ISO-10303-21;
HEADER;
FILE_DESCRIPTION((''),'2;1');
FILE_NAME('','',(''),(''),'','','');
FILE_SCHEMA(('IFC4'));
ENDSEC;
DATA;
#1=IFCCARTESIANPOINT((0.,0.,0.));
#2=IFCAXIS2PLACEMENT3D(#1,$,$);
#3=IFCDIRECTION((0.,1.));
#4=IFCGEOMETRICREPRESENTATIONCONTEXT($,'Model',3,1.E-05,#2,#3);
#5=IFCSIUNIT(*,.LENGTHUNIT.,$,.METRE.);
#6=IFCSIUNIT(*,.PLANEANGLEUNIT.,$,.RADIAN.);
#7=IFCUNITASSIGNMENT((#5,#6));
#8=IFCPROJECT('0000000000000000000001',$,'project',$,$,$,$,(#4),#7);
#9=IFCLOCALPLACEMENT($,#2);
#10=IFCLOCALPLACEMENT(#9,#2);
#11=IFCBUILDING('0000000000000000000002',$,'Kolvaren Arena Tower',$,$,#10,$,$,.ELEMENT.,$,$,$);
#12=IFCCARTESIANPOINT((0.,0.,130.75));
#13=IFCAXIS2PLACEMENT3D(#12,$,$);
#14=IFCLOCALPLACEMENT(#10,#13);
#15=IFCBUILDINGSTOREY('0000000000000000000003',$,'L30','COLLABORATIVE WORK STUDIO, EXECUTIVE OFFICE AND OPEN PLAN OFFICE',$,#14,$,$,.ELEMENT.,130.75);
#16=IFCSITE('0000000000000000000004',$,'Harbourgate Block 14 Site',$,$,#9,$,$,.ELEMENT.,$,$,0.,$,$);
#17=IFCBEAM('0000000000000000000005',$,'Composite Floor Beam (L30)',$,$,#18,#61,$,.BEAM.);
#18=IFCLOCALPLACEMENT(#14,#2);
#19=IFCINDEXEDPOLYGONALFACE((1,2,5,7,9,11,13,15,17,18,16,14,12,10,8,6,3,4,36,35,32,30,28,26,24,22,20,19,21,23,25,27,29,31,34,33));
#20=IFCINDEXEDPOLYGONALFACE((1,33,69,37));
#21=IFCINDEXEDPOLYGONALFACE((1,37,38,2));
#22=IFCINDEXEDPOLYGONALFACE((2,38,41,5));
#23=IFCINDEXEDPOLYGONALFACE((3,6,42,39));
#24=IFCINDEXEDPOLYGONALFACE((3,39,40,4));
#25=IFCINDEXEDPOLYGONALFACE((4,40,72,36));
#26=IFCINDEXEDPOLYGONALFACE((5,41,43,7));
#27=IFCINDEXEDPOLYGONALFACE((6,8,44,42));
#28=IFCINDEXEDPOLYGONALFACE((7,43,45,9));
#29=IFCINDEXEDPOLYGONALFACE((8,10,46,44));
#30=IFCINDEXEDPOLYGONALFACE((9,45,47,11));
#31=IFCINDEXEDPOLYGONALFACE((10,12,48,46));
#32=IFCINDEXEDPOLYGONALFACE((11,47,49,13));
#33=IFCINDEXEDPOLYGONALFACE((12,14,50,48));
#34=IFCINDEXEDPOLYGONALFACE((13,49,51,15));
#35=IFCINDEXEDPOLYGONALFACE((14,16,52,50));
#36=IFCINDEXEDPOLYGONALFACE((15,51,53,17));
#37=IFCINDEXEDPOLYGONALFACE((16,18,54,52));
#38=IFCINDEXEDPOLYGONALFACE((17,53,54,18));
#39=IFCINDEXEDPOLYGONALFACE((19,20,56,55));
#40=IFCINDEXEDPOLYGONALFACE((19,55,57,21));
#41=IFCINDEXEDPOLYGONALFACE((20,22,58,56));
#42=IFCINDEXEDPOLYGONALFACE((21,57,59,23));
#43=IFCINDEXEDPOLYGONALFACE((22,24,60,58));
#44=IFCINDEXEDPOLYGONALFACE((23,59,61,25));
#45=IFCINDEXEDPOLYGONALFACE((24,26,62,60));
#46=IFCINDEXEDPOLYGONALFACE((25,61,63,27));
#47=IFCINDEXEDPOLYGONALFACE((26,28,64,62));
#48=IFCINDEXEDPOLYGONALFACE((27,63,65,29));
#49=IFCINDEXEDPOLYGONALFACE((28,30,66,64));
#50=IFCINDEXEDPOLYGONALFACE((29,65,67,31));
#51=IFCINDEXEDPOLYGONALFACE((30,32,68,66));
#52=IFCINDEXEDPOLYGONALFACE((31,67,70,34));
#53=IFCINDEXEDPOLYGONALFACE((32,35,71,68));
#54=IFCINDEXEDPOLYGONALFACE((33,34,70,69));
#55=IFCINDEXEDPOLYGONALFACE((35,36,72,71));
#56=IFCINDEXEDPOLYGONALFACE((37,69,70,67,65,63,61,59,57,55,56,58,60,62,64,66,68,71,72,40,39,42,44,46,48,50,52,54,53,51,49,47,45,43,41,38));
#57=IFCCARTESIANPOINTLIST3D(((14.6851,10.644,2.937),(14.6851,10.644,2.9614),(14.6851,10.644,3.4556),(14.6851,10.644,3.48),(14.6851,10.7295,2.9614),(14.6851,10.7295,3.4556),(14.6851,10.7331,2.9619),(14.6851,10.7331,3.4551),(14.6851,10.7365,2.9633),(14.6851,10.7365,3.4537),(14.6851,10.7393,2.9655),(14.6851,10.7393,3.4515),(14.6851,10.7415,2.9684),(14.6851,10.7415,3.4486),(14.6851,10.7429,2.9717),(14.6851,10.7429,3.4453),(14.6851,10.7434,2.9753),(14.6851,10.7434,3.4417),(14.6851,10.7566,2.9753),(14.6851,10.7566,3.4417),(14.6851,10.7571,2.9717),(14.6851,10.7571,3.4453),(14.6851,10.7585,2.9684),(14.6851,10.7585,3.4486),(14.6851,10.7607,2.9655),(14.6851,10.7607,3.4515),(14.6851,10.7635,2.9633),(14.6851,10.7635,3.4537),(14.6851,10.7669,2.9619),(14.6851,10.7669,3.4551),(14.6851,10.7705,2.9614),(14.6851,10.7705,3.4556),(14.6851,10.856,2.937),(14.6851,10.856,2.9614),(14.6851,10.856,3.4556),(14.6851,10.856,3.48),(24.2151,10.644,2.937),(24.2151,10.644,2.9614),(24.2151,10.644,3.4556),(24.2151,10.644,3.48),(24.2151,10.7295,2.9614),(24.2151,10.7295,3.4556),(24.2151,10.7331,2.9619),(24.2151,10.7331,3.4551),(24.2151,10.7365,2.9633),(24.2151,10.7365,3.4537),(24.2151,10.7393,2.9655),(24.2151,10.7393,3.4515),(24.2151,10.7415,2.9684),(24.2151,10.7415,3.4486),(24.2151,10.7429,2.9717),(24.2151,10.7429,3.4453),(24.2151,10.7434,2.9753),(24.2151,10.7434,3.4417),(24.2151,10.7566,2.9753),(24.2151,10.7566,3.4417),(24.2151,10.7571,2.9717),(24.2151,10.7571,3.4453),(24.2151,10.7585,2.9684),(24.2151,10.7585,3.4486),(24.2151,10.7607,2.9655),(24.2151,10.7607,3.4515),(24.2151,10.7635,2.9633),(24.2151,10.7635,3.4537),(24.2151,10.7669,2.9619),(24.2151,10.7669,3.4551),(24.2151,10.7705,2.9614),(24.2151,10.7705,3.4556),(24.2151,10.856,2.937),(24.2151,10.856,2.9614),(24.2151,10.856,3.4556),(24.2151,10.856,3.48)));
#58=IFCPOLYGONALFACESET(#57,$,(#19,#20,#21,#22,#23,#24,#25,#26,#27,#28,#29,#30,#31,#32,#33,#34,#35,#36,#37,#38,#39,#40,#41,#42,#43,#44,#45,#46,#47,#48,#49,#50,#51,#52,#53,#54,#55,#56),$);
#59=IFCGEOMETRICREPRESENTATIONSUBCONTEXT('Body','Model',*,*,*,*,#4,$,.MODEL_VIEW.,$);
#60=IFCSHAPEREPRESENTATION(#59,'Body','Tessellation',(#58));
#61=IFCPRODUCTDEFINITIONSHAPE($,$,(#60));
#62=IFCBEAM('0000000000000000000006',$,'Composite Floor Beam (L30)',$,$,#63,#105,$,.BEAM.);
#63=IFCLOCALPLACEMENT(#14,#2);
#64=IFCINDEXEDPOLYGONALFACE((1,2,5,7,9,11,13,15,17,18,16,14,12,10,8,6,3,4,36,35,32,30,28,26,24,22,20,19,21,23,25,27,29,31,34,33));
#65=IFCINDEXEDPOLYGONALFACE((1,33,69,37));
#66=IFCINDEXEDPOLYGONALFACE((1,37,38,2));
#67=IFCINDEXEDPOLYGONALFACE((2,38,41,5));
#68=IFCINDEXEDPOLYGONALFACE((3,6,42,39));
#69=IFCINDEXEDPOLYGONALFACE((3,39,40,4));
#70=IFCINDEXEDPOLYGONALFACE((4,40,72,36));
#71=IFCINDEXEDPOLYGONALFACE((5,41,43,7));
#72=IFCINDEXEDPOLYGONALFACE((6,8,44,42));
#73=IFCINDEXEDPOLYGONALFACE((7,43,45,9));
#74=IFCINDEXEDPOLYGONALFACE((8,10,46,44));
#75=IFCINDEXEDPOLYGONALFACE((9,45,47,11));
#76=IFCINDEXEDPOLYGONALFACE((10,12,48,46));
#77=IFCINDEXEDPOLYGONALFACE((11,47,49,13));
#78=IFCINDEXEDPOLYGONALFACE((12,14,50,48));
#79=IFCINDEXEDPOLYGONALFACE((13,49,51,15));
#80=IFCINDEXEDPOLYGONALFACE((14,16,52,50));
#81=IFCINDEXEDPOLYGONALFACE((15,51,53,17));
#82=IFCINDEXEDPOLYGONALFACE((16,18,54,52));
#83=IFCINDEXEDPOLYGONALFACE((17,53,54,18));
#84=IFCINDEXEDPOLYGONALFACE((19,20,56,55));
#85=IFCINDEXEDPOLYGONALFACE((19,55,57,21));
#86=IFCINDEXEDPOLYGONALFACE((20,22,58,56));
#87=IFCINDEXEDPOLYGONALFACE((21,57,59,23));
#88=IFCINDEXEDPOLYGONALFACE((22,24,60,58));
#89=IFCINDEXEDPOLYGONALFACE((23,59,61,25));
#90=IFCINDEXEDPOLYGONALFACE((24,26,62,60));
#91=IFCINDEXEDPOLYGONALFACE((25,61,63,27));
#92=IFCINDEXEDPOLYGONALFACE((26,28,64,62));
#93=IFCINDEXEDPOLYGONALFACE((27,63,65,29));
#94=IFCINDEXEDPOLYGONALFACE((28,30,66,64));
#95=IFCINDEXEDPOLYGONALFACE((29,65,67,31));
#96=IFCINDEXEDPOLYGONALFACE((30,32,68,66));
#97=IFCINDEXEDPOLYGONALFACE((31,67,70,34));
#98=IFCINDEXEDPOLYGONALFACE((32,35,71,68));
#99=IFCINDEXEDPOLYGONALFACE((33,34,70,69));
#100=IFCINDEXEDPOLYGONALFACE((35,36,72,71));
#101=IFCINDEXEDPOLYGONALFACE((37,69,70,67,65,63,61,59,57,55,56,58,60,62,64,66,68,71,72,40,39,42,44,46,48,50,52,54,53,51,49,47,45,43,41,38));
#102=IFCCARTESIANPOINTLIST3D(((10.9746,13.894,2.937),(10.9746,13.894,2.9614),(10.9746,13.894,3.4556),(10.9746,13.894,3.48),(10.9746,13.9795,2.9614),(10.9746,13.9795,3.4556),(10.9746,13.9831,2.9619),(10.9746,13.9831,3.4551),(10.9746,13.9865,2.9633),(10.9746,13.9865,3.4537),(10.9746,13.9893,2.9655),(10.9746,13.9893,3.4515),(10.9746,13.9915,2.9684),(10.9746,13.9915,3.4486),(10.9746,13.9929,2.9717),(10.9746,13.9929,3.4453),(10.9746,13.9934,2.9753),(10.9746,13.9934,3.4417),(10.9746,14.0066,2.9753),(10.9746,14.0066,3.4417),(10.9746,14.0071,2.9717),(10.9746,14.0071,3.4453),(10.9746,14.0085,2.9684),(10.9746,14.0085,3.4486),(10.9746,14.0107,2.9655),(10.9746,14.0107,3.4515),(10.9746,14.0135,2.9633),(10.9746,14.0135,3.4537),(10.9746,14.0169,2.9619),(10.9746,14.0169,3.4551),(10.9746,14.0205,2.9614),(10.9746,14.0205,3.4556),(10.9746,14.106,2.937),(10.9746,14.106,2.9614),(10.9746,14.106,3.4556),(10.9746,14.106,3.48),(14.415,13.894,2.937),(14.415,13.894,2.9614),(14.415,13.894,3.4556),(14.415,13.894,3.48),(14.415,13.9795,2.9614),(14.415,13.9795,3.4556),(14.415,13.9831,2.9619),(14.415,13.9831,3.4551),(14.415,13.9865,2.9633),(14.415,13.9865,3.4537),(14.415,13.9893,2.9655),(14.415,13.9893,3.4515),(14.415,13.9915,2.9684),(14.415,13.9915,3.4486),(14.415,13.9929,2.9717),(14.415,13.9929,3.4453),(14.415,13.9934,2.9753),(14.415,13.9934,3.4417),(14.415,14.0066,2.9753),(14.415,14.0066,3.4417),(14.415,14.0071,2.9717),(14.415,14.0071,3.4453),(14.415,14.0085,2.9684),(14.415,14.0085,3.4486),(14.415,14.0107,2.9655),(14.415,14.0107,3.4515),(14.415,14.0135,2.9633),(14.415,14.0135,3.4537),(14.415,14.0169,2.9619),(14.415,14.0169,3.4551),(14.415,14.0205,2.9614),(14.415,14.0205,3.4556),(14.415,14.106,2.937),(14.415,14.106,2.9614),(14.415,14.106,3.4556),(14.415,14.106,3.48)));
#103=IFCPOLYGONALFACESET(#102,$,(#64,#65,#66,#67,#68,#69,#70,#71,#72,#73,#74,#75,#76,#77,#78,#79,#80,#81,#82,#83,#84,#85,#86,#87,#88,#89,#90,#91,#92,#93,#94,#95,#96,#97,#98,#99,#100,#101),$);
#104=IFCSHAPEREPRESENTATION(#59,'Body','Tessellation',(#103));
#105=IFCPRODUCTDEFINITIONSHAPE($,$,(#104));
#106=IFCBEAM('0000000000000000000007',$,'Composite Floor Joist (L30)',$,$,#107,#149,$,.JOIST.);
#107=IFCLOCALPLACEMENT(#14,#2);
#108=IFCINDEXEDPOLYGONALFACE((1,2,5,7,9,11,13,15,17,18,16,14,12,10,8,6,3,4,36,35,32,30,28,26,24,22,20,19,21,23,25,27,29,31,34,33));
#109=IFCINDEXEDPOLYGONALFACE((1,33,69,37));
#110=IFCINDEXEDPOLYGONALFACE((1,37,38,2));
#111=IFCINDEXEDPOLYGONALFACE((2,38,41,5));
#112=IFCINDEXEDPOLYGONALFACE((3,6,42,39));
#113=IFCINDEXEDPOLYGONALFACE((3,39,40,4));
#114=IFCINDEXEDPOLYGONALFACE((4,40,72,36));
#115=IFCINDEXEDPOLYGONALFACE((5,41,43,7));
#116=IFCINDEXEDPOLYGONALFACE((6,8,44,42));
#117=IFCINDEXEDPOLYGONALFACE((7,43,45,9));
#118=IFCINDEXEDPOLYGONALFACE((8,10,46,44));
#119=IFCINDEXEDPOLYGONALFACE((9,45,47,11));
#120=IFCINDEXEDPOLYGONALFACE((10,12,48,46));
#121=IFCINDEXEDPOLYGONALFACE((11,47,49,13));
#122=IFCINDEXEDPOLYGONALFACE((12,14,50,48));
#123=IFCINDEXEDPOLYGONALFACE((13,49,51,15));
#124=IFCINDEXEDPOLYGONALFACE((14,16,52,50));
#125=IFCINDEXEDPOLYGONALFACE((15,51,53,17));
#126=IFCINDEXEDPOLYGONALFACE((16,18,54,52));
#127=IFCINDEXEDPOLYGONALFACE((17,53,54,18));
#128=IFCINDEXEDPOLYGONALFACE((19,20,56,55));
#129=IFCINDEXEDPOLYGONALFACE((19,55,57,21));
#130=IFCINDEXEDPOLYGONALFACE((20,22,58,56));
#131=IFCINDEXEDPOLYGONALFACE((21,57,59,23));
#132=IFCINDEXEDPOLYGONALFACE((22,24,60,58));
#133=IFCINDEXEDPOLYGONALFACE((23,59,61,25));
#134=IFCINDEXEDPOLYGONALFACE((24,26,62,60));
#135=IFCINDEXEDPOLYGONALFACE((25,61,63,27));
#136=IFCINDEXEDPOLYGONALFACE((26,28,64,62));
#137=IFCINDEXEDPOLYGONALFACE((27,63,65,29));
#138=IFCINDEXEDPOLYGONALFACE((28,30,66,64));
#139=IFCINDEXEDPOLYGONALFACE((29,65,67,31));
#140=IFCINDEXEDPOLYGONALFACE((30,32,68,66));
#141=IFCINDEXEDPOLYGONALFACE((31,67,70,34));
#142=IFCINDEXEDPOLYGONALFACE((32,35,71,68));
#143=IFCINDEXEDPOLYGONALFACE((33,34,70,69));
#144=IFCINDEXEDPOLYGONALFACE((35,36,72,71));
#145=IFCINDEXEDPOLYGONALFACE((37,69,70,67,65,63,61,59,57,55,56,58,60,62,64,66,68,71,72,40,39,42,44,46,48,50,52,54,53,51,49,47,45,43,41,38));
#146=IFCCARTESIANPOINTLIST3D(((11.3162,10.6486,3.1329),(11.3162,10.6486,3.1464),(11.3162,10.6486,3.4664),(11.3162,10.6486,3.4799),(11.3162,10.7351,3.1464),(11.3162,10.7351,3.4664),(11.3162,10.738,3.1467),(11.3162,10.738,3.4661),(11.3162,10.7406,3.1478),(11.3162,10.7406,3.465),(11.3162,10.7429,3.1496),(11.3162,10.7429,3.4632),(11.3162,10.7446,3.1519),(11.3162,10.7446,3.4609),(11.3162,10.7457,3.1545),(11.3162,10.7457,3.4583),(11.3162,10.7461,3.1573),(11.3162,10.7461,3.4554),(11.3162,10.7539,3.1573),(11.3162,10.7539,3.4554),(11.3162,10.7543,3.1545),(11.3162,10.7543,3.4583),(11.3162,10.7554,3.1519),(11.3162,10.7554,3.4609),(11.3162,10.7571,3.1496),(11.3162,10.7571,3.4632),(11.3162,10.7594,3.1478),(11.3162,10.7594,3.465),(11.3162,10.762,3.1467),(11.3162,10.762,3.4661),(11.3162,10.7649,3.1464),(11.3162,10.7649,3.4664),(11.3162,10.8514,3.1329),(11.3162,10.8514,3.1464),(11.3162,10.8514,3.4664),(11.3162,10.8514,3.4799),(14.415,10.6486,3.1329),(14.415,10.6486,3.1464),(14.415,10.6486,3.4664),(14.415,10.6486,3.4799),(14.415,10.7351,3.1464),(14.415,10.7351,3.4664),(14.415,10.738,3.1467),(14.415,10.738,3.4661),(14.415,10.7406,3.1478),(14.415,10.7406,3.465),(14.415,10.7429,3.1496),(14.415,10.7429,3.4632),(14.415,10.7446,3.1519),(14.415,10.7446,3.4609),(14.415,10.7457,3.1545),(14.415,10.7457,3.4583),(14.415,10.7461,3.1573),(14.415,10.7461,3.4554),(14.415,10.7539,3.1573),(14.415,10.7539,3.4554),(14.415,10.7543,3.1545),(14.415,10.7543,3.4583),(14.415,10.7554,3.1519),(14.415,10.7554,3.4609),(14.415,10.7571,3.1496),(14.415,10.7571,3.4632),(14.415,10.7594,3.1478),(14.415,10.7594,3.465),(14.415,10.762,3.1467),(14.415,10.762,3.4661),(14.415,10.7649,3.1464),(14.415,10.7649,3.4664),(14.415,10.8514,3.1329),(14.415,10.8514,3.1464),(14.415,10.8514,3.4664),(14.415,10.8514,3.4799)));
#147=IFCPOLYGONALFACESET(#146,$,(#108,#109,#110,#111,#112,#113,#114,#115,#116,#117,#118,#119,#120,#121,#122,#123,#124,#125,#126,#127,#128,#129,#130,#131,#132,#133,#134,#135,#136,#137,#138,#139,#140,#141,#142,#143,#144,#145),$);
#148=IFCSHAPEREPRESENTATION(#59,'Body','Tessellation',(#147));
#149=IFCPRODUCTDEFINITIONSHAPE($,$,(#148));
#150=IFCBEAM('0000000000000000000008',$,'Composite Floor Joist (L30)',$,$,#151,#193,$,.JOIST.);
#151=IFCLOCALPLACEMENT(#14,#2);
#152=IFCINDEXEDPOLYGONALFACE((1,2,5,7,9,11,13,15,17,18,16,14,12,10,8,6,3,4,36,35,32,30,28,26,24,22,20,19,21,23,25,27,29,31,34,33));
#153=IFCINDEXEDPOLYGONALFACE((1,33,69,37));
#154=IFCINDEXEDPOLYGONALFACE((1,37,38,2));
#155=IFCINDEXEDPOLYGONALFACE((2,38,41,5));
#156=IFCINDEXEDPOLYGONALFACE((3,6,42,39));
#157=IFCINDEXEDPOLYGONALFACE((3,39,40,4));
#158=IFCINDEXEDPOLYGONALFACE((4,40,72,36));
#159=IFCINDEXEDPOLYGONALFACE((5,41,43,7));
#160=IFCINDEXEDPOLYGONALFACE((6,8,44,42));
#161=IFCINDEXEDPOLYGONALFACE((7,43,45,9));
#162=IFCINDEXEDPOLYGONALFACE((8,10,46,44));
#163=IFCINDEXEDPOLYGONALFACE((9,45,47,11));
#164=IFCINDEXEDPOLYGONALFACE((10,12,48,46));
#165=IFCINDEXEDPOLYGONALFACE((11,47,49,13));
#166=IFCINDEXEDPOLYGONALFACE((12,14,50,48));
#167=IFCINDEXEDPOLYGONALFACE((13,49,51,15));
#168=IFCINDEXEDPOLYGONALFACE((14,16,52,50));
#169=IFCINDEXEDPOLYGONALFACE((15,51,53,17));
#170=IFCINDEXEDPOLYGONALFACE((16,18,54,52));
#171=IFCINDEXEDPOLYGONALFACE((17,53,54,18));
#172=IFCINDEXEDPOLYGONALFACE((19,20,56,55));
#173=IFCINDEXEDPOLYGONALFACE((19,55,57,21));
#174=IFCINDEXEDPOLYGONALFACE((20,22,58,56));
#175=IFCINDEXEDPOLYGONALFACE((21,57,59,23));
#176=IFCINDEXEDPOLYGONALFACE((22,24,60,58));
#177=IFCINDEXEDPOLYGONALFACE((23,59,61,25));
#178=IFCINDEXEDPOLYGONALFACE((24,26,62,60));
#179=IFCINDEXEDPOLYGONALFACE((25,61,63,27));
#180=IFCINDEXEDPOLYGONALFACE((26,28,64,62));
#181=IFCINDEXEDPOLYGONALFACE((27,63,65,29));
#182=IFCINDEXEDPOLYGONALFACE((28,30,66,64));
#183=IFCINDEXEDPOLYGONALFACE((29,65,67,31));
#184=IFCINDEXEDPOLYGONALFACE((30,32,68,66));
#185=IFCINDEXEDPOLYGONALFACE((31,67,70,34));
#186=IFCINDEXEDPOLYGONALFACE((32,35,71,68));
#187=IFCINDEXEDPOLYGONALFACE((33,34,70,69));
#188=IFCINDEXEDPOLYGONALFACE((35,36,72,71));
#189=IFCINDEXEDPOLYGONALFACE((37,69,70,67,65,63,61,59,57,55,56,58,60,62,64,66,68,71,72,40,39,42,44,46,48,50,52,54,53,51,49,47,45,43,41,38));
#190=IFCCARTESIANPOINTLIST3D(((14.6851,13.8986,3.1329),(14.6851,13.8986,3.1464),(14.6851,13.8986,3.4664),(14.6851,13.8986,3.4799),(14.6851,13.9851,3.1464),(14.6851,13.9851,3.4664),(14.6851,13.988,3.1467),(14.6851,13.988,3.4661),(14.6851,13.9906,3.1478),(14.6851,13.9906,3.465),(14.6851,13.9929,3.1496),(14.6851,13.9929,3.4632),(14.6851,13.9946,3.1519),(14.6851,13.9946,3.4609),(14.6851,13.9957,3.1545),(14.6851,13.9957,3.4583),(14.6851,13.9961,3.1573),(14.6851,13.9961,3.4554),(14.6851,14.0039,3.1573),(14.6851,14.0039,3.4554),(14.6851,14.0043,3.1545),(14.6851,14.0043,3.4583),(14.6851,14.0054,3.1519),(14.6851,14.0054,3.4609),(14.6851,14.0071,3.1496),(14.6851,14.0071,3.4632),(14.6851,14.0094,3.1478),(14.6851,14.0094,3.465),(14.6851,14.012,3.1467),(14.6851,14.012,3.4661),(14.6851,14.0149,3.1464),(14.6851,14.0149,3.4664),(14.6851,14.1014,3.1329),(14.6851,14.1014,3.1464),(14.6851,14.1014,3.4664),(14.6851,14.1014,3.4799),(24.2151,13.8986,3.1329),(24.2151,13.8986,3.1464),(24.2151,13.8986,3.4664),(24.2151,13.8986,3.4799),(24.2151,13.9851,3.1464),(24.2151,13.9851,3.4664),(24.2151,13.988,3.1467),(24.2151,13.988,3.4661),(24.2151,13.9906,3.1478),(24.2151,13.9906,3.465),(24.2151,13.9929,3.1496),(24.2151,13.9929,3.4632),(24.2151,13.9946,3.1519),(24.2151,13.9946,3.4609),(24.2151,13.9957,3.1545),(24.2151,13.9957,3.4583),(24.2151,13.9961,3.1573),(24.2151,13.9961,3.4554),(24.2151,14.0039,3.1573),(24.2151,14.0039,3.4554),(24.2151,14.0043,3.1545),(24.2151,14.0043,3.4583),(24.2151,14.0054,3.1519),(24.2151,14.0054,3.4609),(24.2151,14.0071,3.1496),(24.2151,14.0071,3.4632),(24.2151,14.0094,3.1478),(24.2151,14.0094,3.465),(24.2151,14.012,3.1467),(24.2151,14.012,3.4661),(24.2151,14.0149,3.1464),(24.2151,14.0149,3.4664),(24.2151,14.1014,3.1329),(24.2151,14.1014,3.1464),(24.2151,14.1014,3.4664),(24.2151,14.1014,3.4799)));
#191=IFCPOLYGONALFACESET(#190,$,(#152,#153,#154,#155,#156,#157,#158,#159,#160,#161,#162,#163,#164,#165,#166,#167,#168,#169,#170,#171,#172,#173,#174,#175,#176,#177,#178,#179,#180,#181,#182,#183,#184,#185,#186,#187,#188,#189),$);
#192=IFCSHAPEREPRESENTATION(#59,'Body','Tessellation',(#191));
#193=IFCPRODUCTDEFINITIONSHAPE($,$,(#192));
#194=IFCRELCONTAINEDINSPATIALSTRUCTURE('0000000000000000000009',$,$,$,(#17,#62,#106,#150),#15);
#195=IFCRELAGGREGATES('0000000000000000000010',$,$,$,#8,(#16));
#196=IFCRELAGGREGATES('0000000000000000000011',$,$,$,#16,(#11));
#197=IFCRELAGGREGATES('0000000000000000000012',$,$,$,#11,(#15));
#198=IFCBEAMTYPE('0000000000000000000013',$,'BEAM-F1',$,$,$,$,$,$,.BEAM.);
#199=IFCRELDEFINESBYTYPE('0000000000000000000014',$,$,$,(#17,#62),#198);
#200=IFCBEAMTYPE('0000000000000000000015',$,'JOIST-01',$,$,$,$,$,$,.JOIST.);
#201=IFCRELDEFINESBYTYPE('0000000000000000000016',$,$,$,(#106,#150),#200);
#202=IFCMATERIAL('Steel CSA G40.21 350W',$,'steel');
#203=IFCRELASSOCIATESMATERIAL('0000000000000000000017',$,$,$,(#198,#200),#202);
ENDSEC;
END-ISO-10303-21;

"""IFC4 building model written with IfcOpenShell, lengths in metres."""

from ifc_helpers import new_model, si_unit, direction, frame, origin, origin_2d, place, context, subcontext, project, spatial, i_section, extrude, material, material_profile, profile_set, type_object, element, save


model = new_model("IFC4")

# Units and contexts
model_context = context("Model", 3, precision=1e-05, world=origin(), true_north=direction((0.0, 1.0)))
body_context = subcontext(model_context, "Body", "Model", "MODEL_VIEW")
ifc_project = project(units=[si_unit("LENGTHUNIT", "METRE"), si_unit("PLANEANGLEUNIT", "RADIAN")], contexts=[model_context])

# Site, building, storey
site_placement = place(None, origin())
site = spatial("IfcSite", under=ifc_project, at=site_placement, Name="Harbourgate Block 14 Site", CompositionType="ELEMENT", RefElevation=0.0)
building_placement = place(site_placement, origin())
building = spatial("IfcBuilding", under=site, at=building_placement, Name="Kolvaren Arena Tower", CompositionType="ELEMENT")
storey_placement = place(building_placement, frame((0.0, 0.0, 130.75)))
storey = spatial("IfcBuildingStorey", under=building, at=storey_placement, Name="L30", Description="COLLABORATIVE WORK STUDIO, EXECUTIVE OFFICE AND OPEN PLAN OFFICE", CompositionType="ELEMENT", Elevation=130.75)

# Beams
ifc_material_1 = material(Name="Steel CSA G40.21 350W", Category="steel")
ifc_material_profile_1 = material_profile(ifc_material_1, i_section(OverallWidth=0.2119, OverallDepth=0.543, WebThickness=0.0132, FlangeThickness=0.0244, FilletRadius=0.0139, at=origin_2d()), Name="W530x150")
ifc_profile_set_1 = profile_set([ifc_material_profile_1], Name="Steel CSA G40.21 350W")
beam_type_1 = type_object("IfcBeamType", Name="BEAM-F1", PredefinedType="BEAM", material=ifc_profile_set_1)
beam_1_placement = place(storey_placement, frame((14.6851, 10.75, 3.2085), z_axis=(1.0, 0.0, 0.0), x_axis=(0.0, 1.0, 0.0)))
element("IfcBeam", 1, at=beam_1_placement, inside=storey, type_object=beam_type_1, Name="Composite Floor Beam (L30)", PredefinedType="BEAM", context=body_context, shape_type="SweptSolid", body=[
    extrude(i_section(OverallWidth=0.2119, OverallDepth=0.543, WebThickness=0.0132, FlangeThickness=0.0244, FilletRadius=0.0139, at=origin_2d()), origin(), (0.0, 0.0, 1.0), 9.53),
])
beam_2_placement = place(storey_placement, frame((10.9746, 14.0, 3.2085), z_axis=(1.0, 0.0, 0.0), x_axis=(0.0, 1.0, 0.0)))
element("IfcBeam", 2, at=beam_2_placement, inside=storey, type_object=beam_type_1, Name="Composite Floor Beam (L30)", PredefinedType="BEAM", context=body_context, shape_type="SweptSolid", body=[
    extrude(i_section(OverallWidth=0.2119, OverallDepth=0.543, WebThickness=0.0132, FlangeThickness=0.0244, FilletRadius=0.0139, at=origin_2d()), origin(), (0.0, 0.0, 1.0), 3.4404),
])
ifc_material_profile_2 = material_profile(ifc_material_1, i_section(OverallWidth=0.2029, OverallDepth=0.3469, WebThickness=0.0078, FlangeThickness=0.0134, FilletRadius=0.011, at=origin_2d()), Name="W360x64")
ifc_profile_set_2 = profile_set([ifc_material_profile_2], Name="Steel CSA G40.21 350W")
beam_type_2 = type_object("IfcBeamType", Name="JOIST-01", PredefinedType="JOIST", material=ifc_profile_set_2)
beam_3_placement = place(storey_placement, frame((11.3162, 10.75, 3.3064), z_axis=(1.0, 0.0, 0.0), x_axis=(0.0, 1.0, 0.0)))
element("IfcBeam", 3, at=beam_3_placement, inside=storey, type_object=beam_type_2, Name="Composite Floor Joist (L30)", PredefinedType="JOIST", context=body_context, shape_type="SweptSolid", body=[
    extrude(i_section(OverallWidth=0.2029, OverallDepth=0.3469, WebThickness=0.0078, FlangeThickness=0.0134, FilletRadius=0.011, at=origin_2d()), origin(), (0.0, 0.0, 1.0), 3.0989),
])
beam_4_placement = place(storey_placement, frame((14.6851, 14.0, 3.3064), z_axis=(1.0, 0.0, 0.0), x_axis=(0.0, 1.0, 0.0)))
element("IfcBeam", 4, at=beam_4_placement, inside=storey, type_object=beam_type_2, Name="Composite Floor Joist (L30)", PredefinedType="JOIST", context=body_context, shape_type="SweptSolid", body=[
    extrude(i_section(OverallWidth=0.2029, OverallDepth=0.3469, WebThickness=0.0078, FlangeThickness=0.0134, FilletRadius=0.011, at=origin_2d()), origin(), (0.0, 0.0, 1.0), 9.53),
])

save(model, "model.ifc")
